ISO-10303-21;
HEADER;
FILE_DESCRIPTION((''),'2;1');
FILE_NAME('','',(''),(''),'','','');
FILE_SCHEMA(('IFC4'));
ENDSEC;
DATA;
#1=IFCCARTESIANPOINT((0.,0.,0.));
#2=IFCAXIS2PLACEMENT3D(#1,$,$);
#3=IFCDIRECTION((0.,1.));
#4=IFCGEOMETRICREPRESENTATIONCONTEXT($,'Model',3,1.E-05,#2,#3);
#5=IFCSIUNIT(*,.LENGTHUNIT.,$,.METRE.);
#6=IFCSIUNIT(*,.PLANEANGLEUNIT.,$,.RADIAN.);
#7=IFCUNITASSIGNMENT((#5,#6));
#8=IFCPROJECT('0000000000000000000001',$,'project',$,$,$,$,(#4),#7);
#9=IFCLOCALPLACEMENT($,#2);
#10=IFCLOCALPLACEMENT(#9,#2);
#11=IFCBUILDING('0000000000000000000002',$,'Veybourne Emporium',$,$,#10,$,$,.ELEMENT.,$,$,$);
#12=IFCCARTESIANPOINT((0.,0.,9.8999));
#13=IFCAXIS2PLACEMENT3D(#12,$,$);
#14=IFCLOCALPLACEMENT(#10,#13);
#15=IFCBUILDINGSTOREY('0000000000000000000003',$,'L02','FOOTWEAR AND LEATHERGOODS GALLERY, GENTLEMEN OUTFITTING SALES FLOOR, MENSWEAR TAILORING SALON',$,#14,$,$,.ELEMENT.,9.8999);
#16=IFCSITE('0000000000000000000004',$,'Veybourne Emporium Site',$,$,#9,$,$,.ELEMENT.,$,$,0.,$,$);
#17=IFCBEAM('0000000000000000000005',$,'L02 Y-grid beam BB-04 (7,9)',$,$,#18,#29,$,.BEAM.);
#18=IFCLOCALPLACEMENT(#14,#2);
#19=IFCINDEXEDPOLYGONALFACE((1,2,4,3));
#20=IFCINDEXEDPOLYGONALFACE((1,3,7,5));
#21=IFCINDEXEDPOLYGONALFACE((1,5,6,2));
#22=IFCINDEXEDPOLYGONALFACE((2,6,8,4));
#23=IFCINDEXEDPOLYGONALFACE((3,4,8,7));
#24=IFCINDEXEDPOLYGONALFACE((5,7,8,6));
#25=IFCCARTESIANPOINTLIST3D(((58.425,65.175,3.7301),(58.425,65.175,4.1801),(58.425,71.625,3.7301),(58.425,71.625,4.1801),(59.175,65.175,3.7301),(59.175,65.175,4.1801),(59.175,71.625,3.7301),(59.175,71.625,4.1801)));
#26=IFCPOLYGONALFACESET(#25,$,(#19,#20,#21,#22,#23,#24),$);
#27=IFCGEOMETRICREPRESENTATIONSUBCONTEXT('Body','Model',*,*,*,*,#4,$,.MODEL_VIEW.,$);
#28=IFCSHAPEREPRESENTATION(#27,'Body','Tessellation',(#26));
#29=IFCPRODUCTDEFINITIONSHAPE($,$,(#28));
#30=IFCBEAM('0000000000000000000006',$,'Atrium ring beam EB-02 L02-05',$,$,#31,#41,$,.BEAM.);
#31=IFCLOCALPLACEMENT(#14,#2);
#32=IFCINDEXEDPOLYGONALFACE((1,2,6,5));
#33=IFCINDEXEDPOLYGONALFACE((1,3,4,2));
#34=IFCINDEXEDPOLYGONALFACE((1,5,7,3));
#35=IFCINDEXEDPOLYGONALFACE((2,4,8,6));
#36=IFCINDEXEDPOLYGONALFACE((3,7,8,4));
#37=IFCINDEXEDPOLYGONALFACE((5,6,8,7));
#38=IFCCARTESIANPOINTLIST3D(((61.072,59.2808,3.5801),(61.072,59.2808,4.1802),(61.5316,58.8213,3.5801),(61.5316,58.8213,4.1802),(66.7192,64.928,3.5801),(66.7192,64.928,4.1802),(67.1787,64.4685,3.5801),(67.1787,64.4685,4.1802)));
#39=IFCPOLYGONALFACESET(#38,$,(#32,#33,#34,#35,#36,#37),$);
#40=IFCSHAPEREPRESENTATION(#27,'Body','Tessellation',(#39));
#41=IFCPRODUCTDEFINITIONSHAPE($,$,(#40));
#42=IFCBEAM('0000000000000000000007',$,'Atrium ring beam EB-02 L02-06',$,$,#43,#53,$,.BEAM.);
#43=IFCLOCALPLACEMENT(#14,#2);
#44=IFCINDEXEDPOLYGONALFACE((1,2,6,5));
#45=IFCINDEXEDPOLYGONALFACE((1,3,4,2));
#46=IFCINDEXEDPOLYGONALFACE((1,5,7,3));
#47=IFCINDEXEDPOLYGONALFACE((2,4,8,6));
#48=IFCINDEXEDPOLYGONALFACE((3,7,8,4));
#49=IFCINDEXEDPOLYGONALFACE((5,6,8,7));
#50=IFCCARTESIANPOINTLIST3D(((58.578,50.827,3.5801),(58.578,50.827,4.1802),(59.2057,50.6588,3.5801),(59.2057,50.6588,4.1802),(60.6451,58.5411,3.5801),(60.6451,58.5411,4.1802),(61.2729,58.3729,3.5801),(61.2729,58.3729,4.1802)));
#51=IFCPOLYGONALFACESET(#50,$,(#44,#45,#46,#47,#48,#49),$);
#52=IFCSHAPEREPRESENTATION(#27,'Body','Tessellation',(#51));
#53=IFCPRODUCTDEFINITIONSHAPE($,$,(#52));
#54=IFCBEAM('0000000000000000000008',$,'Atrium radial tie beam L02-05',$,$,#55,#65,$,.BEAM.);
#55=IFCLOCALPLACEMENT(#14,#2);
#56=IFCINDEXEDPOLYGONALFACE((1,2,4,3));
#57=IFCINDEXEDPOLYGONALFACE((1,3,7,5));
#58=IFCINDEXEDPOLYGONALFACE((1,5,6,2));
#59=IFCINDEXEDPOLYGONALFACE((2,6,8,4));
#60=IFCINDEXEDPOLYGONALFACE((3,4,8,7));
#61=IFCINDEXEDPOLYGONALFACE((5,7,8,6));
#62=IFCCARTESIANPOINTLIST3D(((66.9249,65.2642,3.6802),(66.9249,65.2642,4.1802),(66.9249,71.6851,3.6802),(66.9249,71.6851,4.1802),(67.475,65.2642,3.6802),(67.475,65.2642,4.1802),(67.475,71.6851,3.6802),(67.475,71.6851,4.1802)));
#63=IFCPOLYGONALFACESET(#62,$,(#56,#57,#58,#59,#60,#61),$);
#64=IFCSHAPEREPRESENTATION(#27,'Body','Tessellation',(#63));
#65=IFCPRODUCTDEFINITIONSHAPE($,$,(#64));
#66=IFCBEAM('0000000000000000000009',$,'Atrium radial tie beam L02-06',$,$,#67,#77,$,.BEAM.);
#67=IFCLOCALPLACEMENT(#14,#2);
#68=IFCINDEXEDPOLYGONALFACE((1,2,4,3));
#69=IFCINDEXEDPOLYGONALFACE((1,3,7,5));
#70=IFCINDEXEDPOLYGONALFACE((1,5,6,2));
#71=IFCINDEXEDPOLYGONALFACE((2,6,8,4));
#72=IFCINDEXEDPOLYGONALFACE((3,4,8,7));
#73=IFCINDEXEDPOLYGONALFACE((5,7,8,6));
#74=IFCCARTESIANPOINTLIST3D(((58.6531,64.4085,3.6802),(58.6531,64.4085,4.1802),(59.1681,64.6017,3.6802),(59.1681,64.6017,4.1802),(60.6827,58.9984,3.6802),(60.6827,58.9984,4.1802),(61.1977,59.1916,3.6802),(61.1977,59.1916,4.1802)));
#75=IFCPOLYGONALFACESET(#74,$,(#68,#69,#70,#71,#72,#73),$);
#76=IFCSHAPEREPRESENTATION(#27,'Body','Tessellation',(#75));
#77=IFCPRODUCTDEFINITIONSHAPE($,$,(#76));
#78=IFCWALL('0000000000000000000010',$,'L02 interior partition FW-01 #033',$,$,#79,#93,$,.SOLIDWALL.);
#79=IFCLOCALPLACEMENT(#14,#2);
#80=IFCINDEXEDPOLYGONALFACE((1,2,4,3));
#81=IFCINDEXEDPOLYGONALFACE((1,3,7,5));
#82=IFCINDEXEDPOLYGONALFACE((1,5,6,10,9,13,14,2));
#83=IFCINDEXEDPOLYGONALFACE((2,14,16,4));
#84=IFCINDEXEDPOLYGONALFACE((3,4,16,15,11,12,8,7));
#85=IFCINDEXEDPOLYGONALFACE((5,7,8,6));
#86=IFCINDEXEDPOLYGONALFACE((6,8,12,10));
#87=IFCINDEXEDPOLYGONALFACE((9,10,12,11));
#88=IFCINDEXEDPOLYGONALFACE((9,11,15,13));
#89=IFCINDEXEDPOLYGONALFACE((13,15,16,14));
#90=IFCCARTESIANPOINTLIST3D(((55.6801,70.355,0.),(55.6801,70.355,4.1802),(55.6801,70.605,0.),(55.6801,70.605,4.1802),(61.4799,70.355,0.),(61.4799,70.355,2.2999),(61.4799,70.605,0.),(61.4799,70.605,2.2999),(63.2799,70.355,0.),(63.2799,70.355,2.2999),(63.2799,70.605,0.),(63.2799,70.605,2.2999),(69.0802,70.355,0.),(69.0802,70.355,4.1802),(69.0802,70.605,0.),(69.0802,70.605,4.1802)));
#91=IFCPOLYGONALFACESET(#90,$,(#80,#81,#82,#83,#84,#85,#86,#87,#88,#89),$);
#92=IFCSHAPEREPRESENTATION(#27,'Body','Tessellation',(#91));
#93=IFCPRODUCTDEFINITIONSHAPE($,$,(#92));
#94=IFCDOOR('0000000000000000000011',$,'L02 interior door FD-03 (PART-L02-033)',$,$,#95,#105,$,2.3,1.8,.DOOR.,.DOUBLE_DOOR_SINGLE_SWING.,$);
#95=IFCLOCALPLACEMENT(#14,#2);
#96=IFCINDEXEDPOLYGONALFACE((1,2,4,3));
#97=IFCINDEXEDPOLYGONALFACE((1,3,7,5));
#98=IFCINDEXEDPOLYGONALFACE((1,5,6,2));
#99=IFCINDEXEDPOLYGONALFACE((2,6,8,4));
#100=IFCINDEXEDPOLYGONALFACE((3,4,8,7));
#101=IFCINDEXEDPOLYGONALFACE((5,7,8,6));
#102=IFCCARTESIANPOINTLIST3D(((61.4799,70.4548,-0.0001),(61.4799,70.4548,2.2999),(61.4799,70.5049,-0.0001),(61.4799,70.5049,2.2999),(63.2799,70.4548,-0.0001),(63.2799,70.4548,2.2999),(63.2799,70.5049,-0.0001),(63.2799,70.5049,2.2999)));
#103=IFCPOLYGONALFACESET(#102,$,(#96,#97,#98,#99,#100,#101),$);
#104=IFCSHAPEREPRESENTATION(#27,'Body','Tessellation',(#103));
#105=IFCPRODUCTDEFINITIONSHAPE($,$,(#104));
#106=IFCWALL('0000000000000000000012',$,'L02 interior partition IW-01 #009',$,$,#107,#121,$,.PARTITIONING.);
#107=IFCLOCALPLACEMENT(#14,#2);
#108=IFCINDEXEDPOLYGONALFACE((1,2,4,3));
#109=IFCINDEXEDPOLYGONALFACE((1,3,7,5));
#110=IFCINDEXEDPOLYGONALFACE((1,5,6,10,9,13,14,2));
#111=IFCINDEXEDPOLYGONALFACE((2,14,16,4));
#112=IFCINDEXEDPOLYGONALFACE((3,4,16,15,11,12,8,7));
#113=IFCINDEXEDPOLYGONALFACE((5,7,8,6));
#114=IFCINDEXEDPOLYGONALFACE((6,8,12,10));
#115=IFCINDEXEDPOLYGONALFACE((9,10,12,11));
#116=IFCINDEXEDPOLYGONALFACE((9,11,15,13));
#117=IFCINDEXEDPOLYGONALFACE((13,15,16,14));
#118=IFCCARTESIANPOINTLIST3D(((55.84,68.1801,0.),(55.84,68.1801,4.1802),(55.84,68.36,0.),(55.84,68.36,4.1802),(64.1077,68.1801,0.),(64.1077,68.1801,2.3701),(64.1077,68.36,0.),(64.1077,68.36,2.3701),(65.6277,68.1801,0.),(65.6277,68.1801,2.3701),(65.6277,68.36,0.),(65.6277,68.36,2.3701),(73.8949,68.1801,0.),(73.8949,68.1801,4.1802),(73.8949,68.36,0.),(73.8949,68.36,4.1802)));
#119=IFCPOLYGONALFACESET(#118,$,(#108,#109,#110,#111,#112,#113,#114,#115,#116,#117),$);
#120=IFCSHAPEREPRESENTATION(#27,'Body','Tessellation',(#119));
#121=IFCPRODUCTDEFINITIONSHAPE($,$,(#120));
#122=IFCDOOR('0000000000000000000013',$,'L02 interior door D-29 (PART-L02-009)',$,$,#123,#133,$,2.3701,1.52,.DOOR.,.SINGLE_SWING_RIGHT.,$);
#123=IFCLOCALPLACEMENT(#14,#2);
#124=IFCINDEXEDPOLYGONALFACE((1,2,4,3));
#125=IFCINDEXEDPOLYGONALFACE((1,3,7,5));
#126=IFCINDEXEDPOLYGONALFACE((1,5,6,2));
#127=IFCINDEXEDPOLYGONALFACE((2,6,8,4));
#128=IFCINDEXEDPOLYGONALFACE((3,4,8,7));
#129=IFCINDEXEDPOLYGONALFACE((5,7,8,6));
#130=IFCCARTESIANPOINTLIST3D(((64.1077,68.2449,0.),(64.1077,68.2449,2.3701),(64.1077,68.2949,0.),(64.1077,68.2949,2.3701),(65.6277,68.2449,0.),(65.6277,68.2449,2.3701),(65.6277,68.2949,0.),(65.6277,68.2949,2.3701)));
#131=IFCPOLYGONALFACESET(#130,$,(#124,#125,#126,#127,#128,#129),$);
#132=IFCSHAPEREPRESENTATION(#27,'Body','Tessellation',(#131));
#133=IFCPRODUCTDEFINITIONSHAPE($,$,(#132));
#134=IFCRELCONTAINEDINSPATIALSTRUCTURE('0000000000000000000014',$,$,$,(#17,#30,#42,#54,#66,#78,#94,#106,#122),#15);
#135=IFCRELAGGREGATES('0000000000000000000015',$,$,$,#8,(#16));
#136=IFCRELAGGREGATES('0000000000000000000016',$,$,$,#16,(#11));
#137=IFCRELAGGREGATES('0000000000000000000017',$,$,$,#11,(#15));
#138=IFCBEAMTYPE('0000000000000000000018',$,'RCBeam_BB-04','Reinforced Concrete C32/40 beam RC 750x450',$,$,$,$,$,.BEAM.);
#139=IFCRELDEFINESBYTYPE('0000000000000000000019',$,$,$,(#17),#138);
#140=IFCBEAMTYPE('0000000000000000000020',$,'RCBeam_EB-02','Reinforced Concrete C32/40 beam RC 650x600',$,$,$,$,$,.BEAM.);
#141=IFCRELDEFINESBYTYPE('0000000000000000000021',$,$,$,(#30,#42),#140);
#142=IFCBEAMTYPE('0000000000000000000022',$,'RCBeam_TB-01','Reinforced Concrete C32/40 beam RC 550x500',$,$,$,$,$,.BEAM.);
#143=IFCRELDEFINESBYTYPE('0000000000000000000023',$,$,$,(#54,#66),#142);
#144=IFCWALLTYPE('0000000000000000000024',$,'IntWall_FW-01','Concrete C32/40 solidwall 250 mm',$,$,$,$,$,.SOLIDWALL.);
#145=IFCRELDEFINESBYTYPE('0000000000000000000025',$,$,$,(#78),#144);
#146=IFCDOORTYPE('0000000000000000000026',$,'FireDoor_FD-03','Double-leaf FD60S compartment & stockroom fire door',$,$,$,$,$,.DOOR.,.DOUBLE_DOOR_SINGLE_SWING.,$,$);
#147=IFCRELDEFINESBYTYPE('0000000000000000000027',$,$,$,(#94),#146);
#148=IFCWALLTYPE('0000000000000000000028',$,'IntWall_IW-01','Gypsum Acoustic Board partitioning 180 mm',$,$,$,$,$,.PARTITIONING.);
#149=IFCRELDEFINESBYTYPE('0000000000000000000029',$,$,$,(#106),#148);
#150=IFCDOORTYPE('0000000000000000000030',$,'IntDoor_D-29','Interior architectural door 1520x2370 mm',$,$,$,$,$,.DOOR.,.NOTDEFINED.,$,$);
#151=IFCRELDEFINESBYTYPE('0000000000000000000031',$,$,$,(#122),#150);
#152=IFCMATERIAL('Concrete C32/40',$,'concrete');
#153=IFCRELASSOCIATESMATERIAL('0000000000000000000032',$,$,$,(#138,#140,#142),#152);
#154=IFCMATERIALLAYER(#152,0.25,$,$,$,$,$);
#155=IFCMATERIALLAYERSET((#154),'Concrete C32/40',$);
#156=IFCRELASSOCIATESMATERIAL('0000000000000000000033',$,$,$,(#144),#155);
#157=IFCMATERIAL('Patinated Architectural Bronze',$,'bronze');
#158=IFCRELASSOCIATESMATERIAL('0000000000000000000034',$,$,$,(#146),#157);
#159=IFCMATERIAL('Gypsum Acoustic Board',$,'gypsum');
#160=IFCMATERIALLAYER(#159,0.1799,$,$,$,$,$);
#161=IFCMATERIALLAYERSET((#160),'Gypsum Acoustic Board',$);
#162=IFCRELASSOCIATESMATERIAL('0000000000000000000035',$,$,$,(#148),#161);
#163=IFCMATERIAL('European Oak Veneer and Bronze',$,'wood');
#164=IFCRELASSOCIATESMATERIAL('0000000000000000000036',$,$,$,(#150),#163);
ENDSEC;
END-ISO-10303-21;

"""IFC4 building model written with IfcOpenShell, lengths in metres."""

from ifc_helpers import new_model, si_unit, direction, frame, frame_2d, origin, origin_2d, place, context, subcontext, project, spatial, rectangle, extrude, material, layer, layer_set, material_profile, profile_set, type_object, element, fill, save


model = new_model("IFC4")

# Units and contexts
model_context = context("Model", 3, precision=1e-05, world=origin(), true_north=direction((0.0, 1.0)))
body_context = subcontext(model_context, "Body", "Model", "MODEL_VIEW")
ifc_project = project(units=[si_unit("LENGTHUNIT", "METRE"), si_unit("PLANEANGLEUNIT", "RADIAN")], contexts=[model_context])

# Site, building, storey
site_placement = place(None, origin())
site = spatial("IfcSite", under=ifc_project, at=site_placement, Name="Veybourne Emporium Site", CompositionType="ELEMENT", RefElevation=0.0)
building_placement = place(site_placement, origin())
building = spatial("IfcBuilding", under=site, at=building_placement, Name="Veybourne Emporium", CompositionType="ELEMENT")
storey_placement = place(building_placement, frame((0.0, 0.0, 9.8999)))
storey = spatial("IfcBuildingStorey", under=building, at=storey_placement, Name="L02", Description="FOOTWEAR AND LEATHERGOODS GALLERY, GENTLEMEN OUTFITTING SALES FLOOR, MENSWEAR TAILORING SALON", CompositionType="ELEMENT", Elevation=9.8999)

# Beams
ifc_material_1 = material(Name="Concrete C32/40", Category="concrete")
ifc_material_profile_1 = material_profile(ifc_material_1, rectangle(XDim=0.75, YDim=0.45, at=origin_2d()), Name="RC 750x450")
ifc_profile_set_1 = profile_set([ifc_material_profile_1], Name="Concrete C32/40")
beam_type_1 = type_object("IfcBeamType", Name="RCBeam_BB-04", Description="Reinforced Concrete C32/40 beam RC 750x450", PredefinedType="BEAM", material=ifc_profile_set_1)
for number, where, z_axis, x_axis, name in (
    (1, (58.8, 65.175, 3.9551), (0.0, 1.0, 0.0), (-1.0, 0.0, 0.0), "L02 Y-grid beam BB-04 (7,9)"),
):
    element("IfcBeam", number, at=place(storey_placement, frame(where, z_axis=z_axis, x_axis=x_axis)), inside=storey, type_object=beam_type_1, Name=name, PredefinedType="BEAM", context=body_context, shape_type="SweptSolid", body=[
        extrude(rectangle(XDim=0.75, YDim=0.45, at=origin_2d()), origin(), (0.0, 0.0, 1.0), 6.45),
    ])
ifc_material_profile_2 = material_profile(ifc_material_1, rectangle(XDim=0.6499, YDim=0.6001, at=origin_2d()), Name="RC 650x600")
ifc_profile_set_2 = profile_set([ifc_material_profile_2], Name="Concrete C32/40")
beam_type_2 = type_object("IfcBeamType", Name="RCBeam_EB-02", Description="Reinforced Concrete C32/40 beam RC 650x600", PredefinedType="BEAM", material=ifc_profile_set_2)
for number, where, z_axis, x_axis, name in (
    (2, (66.949, 64.6982, 3.8801), (-0.707107, -0.707107, 0.0), (0.707107, -0.707107, 0.0), "Atrium ring beam EB-02 L02-05"),
    (3, (60.959, 58.457, 3.8801), (-0.258836, -0.965921, 0.0), (0.965921, -0.258836, 0.0), "Atrium ring beam EB-02 L02-06"),
):
    element("IfcBeam", number, at=place(storey_placement, frame(where, z_axis=z_axis, x_axis=x_axis)), inside=storey, type_object=beam_type_2, Name=name, PredefinedType="BEAM", context=body_context, shape_type="SweptSolid", body=[
        extrude(rectangle(XDim=0.6499, YDim=0.6001, at=origin_2d()), origin(), (0.0, 0.0, 1.0), 7.9863),
    ])
ifc_material_profile_3 = material_profile(ifc_material_1, rectangle(XDim=0.55, YDim=0.5, at=origin_2d()), Name="RC 550x500")
ifc_profile_set_3 = profile_set([ifc_material_profile_3], Name="Concrete C32/40")
beam_type_3 = type_object("IfcBeamType", Name="RCBeam_TB-01", Description="Reinforced Concrete C32/40 beam RC 550x500", PredefinedType="BEAM", material=ifc_profile_set_3)
beam_1_placement = place(storey_placement, frame((67.2, 65.2642, 3.9302), z_axis=(0.0, 1.0, 0.0), x_axis=(-1.0, 0.0, 0.0)))
element("IfcBeam", 4, at=beam_1_placement, inside=storey, type_object=beam_type_3, Name="Atrium radial tie beam L02-05", PredefinedType="BEAM", context=body_context, shape_type="SweptSolid", body=[
    extrude(rectangle(XDim=0.55, YDim=0.5, at=origin_2d()), origin(), (0.0, 0.0, 1.0), 6.4209),
])
beam_2_placement = place(storey_placement, frame((60.9402, 59.095, 3.9302), z_axis=(-0.351235, 0.936287, 0.0), x_axis=(-0.936287, -0.351235, 0.0)))
element("IfcBeam", 5, at=beam_2_placement, inside=storey, type_object=beam_type_3, Name="Atrium radial tie beam L02-06", PredefinedType="BEAM", context=body_context, shape_type="SweptSolid", body=[
    extrude(rectangle(XDim=0.55, YDim=0.5, at=origin_2d()), origin(), (0.0, 0.0, 1.0), 5.7783),
])

# Walls, openings, doors
ifc_layer_1 = layer(ifc_material_1, 0.25)
ifc_layer_set_1 = layer_set([ifc_layer_1], Name="Concrete C32/40")
wall_type_1 = type_object("IfcWallType", Name="IntWall_FW-01", Description="Concrete C32/40 solidwall 250 mm", PredefinedType="SOLIDWALL", material=ifc_layer_set_1)
wall_1_placement = place(storey_placement, frame((55.6799, 70.48, 0.0), z_axis=(0.0, 0.0, 1.0), x_axis=(1.0, 0.0, 0.0)))
wall_1 = element("IfcWall", 6, at=wall_1_placement, inside=storey, type_object=wall_type_1, Name="L02 interior partition FW-01 #033", PredefinedType="SOLIDWALL", context=body_context, shape_type="SweptSolid", body=[
    extrude(rectangle(XDim=13.4001, YDim=0.25, at=frame_2d((6.7002, 0.0))), origin(), (0.0, 0.0, 1.0), 4.1802),
])
opening_1_placement = place(wall_1_placement, frame((5.8, 0.0, 0.0)))
opening_1 = element("IfcOpeningElement", 7, at=opening_1_placement, cuts=wall_1, PredefinedType="OPENING", context=body_context, shape_type="SweptSolid", body=[
    extrude(rectangle(XDim=1.8, YDim=2.3, at=frame_2d((0.8999, 1.1499))), frame((0.0, 0.145, 0.0), z_axis=(0.0, -1.0, 0.0), x_axis=(1.0, 0.0, 0.0)), (0.0, 0.0, 1.0), 0.29),
])
ifc_material_2 = material(Name="Patinated Architectural Bronze", Category="bronze")
door_type_1 = type_object("IfcDoorType", Name="FireDoor_FD-03", Description="Double-leaf FD60S compartment & stockroom fire door", OperationType="DOUBLE_DOOR_SINGLE_SWING", PredefinedType="DOOR", material=ifc_material_2)
door_1_placement = place(opening_1_placement, origin())
door_1 = element("IfcDoor", 8, at=door_1_placement, inside=storey, type_object=door_type_1, Name="L02 interior door FD-03 (PART-L02-033)", OperationType="DOUBLE_DOOR_SINGLE_SWING", OverallHeight=2.3, OverallWidth=1.8, PredefinedType="DOOR", context=body_context, shape_type="SweptSolid", body=[
    extrude(rectangle(XDim=1.8, YDim=2.3, at=frame_2d((0.8999, 1.1499))), frame((0.0, 0.0249, 0.0), z_axis=(0.0, -1.0, 0.0), x_axis=(1.0, 0.0, 0.0)), (0.0, 0.0, 1.0), 0.05),
])
fill(opening_1, door_1)
ifc_material_3 = material(Name="Gypsum Acoustic Board", Category="gypsum")
ifc_layer_2 = layer(ifc_material_3, 0.1799)
ifc_layer_set_2 = layer_set([ifc_layer_2], Name="Gypsum Acoustic Board")
wall_type_2 = type_object("IfcWallType", Name="IntWall_IW-01", Description="Gypsum Acoustic Board partitioning 180 mm", PredefinedType="PARTITIONING", material=ifc_layer_set_2)
wall_2_placement = place(storey_placement, frame((55.8401, 68.27, 0.0), z_axis=(0.0, 0.0, 1.0), x_axis=(1.0, 0.0, 0.0)))
wall_2 = element("IfcWall", 9, at=wall_2_placement, inside=storey, type_object=wall_type_2, Name="L02 interior partition IW-01 #009", PredefinedType="PARTITIONING", context=body_context, shape_type="SweptSolid", body=[
    extrude(rectangle(XDim=18.0549, YDim=0.1799, at=frame_2d((9.0273, 0.0))), origin(), (0.0, 0.0, 1.0), 4.1802),
])
opening_2_placement = place(wall_2_placement, frame((8.2676, 0.0, 0.0)))
opening_2 = element("IfcOpeningElement", 10, at=opening_2_placement, cuts=wall_2, PredefinedType="OPENING", context=body_context, shape_type="SweptSolid", body=[
    extrude(rectangle(XDim=1.52, YDim=2.3701, at=frame_2d((0.76, 1.1851))), frame((0.0, 0.1099, 0.0), z_axis=(0.0, -1.0, 0.0), x_axis=(1.0, 0.0, 0.0)), (0.0, 0.0, 1.0), 0.22),
])
ifc_material_4 = material(Name="European Oak Veneer and Bronze", Category="wood")
door_type_2 = type_object("IfcDoorType", Name="IntDoor_D-29", Description="Interior architectural door 1520x2370 mm", OperationType="NOTDEFINED", PredefinedType="DOOR", material=ifc_material_4)
door_2_placement = place(opening_2_placement, origin())
door_2 = element("IfcDoor", 11, at=door_2_placement, inside=storey, type_object=door_type_2, Name="L02 interior door D-29 (PART-L02-009)", OperationType="SINGLE_SWING_RIGHT", OverallHeight=2.3701, OverallWidth=1.52, PredefinedType="DOOR", context=body_context, shape_type="SweptSolid", body=[
    extrude(rectangle(XDim=1.52, YDim=2.3701, at=frame_2d((0.76, 1.1851))), frame((0.0, 0.0249, 0.0), z_axis=(0.0, -1.0, 0.0), x_axis=(1.0, 0.0, 0.0)), (0.0, 0.0, 1.0), 0.05),
])
fill(opening_2, door_2)

save(model, "model.ifc")
